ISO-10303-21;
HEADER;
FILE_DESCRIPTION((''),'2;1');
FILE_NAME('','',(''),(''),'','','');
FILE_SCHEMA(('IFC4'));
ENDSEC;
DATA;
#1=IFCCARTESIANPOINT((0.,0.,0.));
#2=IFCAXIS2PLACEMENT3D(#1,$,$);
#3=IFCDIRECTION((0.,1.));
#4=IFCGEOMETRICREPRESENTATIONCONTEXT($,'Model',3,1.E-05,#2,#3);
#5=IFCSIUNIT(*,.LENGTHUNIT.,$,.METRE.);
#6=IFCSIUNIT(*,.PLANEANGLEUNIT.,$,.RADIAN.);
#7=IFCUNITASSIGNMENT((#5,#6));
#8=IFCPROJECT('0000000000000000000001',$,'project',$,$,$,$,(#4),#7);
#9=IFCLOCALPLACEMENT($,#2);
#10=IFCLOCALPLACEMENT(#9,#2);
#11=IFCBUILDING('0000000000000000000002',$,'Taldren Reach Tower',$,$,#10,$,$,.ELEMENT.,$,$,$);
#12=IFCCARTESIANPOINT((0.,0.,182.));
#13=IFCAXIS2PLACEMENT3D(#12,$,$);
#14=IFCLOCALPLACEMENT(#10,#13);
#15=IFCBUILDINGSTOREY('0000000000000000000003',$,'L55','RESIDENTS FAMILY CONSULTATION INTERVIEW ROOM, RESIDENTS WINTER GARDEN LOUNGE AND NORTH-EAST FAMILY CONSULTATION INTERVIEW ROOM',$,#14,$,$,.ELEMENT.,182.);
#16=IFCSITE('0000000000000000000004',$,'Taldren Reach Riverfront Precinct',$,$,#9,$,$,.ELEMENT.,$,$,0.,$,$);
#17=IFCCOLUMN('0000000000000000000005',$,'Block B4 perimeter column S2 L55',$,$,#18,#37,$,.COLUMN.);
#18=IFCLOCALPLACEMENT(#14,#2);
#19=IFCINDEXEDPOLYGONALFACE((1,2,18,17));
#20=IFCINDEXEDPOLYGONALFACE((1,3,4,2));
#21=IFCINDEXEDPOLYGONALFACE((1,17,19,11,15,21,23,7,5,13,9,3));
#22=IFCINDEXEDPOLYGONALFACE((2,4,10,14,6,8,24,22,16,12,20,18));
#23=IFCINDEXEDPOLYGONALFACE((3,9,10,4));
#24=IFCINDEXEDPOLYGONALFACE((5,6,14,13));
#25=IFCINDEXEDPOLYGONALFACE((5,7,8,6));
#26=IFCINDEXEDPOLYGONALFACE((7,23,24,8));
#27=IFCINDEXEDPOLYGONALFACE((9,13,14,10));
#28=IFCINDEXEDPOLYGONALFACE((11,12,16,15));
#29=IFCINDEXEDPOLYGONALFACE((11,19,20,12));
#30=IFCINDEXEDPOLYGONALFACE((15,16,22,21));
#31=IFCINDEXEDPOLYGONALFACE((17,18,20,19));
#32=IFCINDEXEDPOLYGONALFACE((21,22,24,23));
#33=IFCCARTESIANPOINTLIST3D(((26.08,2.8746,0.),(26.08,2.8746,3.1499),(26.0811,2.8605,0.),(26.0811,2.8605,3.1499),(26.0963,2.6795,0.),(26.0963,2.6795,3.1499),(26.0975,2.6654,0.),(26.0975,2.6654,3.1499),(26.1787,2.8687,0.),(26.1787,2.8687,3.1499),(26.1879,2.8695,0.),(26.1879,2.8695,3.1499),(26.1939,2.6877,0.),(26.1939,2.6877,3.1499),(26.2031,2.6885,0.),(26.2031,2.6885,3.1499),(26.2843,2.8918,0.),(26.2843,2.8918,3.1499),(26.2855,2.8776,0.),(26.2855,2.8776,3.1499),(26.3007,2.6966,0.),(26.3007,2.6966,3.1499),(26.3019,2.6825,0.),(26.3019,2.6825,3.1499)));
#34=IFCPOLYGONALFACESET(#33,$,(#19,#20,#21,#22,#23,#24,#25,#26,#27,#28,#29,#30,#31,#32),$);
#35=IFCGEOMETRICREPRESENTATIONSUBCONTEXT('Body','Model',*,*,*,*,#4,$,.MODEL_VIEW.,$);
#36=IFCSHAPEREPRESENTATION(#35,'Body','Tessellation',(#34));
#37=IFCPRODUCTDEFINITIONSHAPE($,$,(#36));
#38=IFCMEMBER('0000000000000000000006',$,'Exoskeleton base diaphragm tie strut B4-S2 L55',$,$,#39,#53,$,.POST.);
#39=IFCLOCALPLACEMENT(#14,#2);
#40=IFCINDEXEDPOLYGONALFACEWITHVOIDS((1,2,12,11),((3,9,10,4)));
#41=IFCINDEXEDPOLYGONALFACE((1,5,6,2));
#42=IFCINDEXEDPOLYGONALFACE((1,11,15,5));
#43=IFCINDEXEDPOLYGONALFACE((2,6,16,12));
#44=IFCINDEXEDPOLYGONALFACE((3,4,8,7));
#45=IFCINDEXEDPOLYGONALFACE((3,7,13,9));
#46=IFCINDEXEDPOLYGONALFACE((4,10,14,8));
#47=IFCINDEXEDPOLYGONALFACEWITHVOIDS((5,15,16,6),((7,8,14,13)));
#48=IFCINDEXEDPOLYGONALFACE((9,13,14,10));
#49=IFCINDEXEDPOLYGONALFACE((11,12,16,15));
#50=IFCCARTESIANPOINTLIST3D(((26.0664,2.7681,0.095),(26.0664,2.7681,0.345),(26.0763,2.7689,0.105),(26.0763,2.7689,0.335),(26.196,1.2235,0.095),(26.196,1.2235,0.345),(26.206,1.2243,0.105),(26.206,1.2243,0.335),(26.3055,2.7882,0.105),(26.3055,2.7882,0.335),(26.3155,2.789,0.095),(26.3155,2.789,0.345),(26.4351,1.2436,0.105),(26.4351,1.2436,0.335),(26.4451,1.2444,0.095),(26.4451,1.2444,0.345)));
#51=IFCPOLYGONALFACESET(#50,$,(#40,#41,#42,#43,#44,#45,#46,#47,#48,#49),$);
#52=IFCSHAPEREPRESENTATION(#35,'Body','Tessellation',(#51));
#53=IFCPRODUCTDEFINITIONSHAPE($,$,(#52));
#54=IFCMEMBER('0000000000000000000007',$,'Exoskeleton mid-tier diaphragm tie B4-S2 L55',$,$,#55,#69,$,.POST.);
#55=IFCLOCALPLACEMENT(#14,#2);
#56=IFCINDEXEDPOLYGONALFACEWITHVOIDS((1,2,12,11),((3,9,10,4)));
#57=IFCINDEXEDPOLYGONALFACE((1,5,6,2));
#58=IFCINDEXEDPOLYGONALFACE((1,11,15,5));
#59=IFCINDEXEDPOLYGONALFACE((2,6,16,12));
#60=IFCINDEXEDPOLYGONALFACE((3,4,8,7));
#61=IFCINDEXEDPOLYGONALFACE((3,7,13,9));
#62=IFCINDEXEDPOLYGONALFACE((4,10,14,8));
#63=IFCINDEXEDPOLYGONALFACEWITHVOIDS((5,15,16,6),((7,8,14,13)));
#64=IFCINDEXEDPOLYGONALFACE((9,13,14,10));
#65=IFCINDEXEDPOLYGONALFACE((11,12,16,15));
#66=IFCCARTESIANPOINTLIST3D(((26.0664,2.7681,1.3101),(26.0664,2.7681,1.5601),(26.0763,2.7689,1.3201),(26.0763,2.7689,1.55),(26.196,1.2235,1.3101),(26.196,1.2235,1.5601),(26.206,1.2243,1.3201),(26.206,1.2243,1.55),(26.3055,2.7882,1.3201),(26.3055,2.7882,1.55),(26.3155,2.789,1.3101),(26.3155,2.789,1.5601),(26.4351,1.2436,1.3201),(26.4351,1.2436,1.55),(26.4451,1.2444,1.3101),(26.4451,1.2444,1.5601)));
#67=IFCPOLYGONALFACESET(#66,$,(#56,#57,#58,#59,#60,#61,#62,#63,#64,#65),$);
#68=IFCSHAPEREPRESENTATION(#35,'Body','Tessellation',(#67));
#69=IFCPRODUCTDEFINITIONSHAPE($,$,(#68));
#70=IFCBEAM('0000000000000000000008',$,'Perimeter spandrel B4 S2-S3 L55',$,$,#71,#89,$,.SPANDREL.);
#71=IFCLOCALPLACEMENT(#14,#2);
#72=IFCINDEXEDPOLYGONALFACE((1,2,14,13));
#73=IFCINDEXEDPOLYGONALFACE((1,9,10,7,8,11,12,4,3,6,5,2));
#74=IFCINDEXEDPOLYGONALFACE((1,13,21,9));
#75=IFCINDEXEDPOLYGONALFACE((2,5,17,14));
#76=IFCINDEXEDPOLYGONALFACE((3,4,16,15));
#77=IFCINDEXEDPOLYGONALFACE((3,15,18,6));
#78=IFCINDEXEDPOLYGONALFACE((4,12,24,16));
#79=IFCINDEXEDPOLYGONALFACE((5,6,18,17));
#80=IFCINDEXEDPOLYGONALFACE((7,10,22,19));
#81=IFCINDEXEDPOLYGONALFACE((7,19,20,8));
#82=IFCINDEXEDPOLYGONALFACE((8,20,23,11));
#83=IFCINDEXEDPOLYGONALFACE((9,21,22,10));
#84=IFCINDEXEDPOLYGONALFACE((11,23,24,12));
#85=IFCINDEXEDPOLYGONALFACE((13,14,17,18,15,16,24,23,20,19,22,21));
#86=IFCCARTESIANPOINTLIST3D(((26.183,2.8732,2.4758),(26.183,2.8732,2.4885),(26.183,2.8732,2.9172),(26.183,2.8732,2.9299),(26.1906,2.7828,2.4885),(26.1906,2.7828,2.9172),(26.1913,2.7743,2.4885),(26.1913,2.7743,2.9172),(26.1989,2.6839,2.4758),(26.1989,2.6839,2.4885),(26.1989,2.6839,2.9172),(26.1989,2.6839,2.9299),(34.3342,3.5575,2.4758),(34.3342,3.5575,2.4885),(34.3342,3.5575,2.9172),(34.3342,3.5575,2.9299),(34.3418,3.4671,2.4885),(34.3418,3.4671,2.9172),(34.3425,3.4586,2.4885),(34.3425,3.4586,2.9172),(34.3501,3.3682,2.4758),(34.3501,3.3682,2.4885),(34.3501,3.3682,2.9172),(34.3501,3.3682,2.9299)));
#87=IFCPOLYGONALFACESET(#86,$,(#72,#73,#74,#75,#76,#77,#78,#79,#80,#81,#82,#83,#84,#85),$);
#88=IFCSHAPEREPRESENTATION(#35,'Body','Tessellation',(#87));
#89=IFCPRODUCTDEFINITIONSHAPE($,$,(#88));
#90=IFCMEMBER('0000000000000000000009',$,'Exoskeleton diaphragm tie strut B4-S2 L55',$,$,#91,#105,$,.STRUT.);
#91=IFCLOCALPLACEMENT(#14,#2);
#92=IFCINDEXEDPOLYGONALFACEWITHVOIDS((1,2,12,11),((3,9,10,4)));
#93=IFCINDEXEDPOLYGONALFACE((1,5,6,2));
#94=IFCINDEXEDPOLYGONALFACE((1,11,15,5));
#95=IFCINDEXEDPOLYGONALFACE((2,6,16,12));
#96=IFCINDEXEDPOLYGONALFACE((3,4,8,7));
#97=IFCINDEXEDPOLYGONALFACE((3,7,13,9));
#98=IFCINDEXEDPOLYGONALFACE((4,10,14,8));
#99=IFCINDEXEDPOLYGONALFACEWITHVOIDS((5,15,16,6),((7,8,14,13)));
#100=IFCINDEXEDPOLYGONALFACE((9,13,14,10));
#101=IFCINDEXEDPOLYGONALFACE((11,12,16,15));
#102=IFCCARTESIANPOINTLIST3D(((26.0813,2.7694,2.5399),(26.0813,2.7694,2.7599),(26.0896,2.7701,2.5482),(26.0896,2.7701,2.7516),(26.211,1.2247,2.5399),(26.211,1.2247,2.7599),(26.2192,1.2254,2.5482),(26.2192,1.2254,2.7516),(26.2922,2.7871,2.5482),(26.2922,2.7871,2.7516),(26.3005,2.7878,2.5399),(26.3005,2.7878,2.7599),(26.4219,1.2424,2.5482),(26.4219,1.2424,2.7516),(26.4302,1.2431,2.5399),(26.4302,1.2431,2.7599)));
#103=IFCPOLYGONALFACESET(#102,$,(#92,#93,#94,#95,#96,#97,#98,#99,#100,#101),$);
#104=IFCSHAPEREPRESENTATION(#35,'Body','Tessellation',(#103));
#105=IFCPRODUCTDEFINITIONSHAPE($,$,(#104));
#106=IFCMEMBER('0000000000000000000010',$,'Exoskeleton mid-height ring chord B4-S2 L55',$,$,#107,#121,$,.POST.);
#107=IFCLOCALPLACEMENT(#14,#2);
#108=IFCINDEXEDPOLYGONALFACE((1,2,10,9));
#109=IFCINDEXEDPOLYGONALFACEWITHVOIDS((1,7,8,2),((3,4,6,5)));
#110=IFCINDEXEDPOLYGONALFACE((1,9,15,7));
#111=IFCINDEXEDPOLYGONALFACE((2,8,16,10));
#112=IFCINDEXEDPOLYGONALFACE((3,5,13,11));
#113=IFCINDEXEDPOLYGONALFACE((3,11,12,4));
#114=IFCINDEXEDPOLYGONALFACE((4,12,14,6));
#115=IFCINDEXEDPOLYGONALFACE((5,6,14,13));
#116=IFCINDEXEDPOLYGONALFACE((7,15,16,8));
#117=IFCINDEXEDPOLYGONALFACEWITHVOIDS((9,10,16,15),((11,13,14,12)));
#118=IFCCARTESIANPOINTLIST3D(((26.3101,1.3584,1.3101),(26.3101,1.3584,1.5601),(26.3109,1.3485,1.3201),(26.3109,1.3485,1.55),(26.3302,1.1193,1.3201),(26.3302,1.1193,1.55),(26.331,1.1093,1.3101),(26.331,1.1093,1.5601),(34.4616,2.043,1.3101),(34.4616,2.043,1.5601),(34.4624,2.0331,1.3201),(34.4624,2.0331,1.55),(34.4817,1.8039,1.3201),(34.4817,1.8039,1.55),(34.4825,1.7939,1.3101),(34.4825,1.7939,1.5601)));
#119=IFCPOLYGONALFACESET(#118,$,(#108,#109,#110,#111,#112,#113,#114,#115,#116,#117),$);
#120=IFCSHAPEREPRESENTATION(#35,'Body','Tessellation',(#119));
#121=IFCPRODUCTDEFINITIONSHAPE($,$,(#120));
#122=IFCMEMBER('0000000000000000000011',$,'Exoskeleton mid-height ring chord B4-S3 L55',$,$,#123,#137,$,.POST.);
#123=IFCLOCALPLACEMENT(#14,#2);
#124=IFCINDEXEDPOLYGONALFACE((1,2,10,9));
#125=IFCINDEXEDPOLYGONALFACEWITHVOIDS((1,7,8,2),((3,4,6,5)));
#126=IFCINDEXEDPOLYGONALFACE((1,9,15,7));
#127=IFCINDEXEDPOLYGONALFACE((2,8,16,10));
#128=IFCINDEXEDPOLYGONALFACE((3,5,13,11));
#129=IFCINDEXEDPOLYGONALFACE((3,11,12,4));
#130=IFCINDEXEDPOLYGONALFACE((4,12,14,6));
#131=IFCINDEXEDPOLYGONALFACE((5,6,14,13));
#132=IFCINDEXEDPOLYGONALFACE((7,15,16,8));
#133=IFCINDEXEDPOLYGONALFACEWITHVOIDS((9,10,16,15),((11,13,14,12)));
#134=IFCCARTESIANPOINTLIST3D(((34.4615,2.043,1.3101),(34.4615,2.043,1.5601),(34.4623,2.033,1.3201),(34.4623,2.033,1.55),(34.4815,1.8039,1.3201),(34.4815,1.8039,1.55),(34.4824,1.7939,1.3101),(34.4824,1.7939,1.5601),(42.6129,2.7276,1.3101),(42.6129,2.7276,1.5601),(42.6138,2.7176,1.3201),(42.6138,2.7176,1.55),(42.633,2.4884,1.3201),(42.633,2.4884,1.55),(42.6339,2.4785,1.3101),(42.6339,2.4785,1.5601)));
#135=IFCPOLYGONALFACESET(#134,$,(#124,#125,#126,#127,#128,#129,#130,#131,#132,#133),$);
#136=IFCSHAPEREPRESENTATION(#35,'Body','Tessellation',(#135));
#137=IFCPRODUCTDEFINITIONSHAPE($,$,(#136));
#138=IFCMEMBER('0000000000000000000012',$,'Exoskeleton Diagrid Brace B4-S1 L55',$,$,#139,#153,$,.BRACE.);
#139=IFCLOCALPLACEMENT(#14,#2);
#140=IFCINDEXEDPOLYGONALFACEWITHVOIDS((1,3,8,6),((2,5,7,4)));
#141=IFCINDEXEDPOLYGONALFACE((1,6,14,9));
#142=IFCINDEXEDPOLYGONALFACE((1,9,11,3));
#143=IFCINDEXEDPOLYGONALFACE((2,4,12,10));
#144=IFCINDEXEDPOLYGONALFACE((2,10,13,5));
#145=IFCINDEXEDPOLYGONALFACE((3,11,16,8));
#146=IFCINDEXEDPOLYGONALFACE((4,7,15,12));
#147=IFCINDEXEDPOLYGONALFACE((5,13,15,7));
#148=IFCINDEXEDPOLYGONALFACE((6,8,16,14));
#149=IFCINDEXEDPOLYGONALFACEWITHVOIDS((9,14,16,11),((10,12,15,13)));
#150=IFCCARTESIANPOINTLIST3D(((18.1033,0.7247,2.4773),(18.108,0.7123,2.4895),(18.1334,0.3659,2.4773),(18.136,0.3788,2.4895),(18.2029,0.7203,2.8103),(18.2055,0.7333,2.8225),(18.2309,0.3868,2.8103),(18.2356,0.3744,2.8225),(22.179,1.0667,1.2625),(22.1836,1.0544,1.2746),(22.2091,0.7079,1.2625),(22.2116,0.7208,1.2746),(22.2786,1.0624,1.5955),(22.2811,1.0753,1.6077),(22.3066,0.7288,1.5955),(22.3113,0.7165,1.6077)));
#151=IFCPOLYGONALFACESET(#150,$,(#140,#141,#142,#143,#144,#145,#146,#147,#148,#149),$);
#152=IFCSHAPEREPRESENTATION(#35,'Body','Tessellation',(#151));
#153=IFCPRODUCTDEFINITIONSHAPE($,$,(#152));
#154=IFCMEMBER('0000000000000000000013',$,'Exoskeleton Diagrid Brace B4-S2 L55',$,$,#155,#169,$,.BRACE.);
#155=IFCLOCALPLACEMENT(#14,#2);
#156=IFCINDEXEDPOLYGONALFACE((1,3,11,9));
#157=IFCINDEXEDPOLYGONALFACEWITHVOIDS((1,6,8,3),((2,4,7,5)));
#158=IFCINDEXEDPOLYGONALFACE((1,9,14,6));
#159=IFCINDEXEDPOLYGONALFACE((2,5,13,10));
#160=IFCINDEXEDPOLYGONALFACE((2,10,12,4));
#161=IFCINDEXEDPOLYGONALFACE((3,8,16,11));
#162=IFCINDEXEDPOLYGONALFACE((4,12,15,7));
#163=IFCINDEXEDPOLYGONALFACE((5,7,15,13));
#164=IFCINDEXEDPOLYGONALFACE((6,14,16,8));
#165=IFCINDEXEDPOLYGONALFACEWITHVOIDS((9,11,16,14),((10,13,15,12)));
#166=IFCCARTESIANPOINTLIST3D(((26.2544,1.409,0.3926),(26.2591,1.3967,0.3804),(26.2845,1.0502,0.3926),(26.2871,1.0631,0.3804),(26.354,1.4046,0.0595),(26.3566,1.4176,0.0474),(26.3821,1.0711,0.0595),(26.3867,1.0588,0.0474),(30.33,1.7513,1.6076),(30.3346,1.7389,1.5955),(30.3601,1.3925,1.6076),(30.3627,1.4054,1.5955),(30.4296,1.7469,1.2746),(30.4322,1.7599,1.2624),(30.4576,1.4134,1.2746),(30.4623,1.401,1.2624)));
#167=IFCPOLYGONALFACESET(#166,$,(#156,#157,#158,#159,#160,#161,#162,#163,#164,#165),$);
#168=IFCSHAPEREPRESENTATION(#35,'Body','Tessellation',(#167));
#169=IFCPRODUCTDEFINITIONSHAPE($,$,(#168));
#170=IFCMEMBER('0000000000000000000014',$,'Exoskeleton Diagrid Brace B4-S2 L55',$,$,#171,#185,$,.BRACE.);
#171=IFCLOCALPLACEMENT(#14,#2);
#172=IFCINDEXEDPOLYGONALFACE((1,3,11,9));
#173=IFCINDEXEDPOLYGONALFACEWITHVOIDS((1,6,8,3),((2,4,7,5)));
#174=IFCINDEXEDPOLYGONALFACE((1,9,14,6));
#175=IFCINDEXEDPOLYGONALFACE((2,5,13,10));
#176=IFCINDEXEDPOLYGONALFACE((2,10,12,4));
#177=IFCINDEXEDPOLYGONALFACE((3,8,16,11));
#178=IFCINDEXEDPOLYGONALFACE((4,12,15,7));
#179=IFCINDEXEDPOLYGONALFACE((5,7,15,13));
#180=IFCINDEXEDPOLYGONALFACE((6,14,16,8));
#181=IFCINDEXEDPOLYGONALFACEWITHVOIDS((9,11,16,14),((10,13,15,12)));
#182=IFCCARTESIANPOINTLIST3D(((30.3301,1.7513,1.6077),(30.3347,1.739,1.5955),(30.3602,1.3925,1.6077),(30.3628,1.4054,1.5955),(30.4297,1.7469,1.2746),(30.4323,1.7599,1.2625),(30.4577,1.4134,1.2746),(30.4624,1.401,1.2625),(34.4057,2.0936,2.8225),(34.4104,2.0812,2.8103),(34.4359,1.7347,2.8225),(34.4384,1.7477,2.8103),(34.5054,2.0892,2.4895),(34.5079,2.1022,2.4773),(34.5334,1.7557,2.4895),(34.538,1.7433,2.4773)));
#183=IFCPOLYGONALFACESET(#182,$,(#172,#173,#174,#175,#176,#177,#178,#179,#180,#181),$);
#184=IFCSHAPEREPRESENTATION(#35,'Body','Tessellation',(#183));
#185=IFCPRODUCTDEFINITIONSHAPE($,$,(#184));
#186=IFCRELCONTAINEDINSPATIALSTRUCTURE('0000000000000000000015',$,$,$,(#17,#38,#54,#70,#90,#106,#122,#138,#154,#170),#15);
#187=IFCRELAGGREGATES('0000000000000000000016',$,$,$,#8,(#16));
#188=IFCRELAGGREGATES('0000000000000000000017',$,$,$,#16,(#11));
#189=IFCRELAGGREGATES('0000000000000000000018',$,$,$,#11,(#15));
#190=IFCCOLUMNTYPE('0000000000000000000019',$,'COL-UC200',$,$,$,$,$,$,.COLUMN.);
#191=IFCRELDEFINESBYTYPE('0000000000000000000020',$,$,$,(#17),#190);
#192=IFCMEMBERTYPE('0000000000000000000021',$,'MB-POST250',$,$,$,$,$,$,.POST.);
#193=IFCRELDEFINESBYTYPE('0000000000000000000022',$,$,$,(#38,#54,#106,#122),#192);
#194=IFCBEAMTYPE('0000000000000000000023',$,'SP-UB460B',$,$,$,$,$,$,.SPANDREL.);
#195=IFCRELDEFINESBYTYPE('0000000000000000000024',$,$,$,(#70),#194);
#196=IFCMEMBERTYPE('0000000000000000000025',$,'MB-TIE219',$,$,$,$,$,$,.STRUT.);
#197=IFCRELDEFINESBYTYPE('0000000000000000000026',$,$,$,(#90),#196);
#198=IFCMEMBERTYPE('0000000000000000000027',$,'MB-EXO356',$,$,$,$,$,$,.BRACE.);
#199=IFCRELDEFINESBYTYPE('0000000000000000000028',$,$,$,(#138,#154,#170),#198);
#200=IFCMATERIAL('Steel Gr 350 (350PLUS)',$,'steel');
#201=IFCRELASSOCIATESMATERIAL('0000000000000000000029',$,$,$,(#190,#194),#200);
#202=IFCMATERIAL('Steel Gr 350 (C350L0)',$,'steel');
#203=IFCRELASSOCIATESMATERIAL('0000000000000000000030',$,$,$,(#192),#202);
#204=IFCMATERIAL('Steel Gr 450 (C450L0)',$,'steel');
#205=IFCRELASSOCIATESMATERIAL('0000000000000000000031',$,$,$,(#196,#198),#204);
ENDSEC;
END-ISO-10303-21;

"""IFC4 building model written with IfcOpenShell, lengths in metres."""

from ifc_helpers import new_model, si_unit, direction, frame, origin, origin_2d, place, context, subcontext, project, spatial, hollow_rectangle, i_section, extrude, source, transform, mapped, material, material_profile, profile_set, type_object, element, save


model = new_model("IFC4")

# Units and contexts
model_context = context("Model", 3, precision=1e-05, world=origin(), true_north=direction((0.0, 1.0)))
body_context = subcontext(model_context, "Body", "Model", "MODEL_VIEW")
ifc_project = project(units=[si_unit("LENGTHUNIT", "METRE"), si_unit("PLANEANGLEUNIT", "RADIAN")], contexts=[model_context])

# Site, building, storey
site_placement = place(None, origin())
site = spatial("IfcSite", under=ifc_project, at=site_placement, Name="Taldren Reach Riverfront Precinct", CompositionType="ELEMENT", RefElevation=0.0)
building_placement = place(site_placement, origin())
building = spatial("IfcBuilding", under=site, at=building_placement, Name="Taldren Reach Tower", CompositionType="ELEMENT")
storey_placement = place(building_placement, frame((0.0, 0.0, 182.0)))
storey = spatial("IfcBuildingStorey", under=building, at=storey_placement, Name="L55", Description="RESIDENTS FAMILY CONSULTATION INTERVIEW ROOM, RESIDENTS WINTER GARDEN LOUNGE AND NORTH-EAST FAMILY CONSULTATION INTERVIEW ROOM", CompositionType="ELEMENT", Elevation=182.0)

# Column
ifc_material_1 = material(Name="Steel Gr 350 (350PLUS)", Category="steel")
ifc_material_profile_1 = material_profile(ifc_material_1, i_section(OverallWidth=0.2051, OverallDepth=0.21, WebThickness=0.0093, FlangeThickness=0.0142, at=origin_2d()), Name="200UC59.5")
ifc_profile_set_1 = profile_set([ifc_material_profile_1], Name="Steel Gr 350 (350PLUS)")
column_type = type_object("IfcColumnType", Name="COL-UC200", PredefinedType="COLUMN", material=ifc_profile_set_1)
shared_shape_1 = source(origin(), body_context, "Body", "SweptSolid", [
    extrude(i_section(OverallWidth=0.2051, OverallDepth=0.21, WebThickness=0.0093, FlangeThickness=0.0142, at=origin_2d()), origin(), (0.0, 0.0, 1.0), 3.1499),
])
column_placement = place(storey_placement, frame((26.1909, 2.7786, 0.0), z_axis=(0.0, 0.0, 1.0), x_axis=(0.996493, 0.083678, 0.0)))
element("IfcColumn", 1, at=column_placement, inside=storey, type_object=column_type, Name="Block B4 perimeter column S2 L55", PredefinedType="COLUMN", context=body_context, shape_type="MappedRepresentation", body=[
    mapped(shared_shape_1, transform((0.0, 0.0, 0.0), scale=1.0)),
])

# Members
ifc_material_2 = material(Name="Steel Gr 350 (C350L0)", Category="steel")
ifc_material_profile_2 = material_profile(ifc_material_2, hollow_rectangle(XDim=0.25, YDim=0.25, WallThickness=0.01, at=origin_2d()), Name="250x250x10.0SHS")
ifc_profile_set_2 = profile_set([ifc_material_profile_2], Name="Steel Gr 350 (C350L0)")
member_type_1 = type_object("IfcMemberType", Name="MB-POST250", PredefinedType="POST", material=ifc_profile_set_2)
shared_shape_2 = source(origin(), body_context, "Body", "SweptSolid", [
    extrude(hollow_rectangle(XDim=0.25, YDim=0.25, WallThickness=0.01, at=origin_2d()), origin(), (0.0, 0.0, 1.0), 1.55),
])
for number, where, z_axis, x_axis, name in (
    (2, (26.1909, 2.7786, 0.22), (0.083632, -0.996497, 0.0), (0.996497, 0.083632, 0.0), "Exoskeleton base diaphragm tie strut B4-S2 L55"),
    (3, (26.1909, 2.7786, 1.4351), (0.083632, -0.996497, 0.0), (0.996497, 0.083632, 0.0), "Exoskeleton mid-tier diaphragm tie B4-S2 L55"),
):
    element("IfcMember", number, at=place(storey_placement, frame(where, z_axis=z_axis, x_axis=x_axis)), inside=storey, type_object=member_type_1, Name=name, PredefinedType="POST", context=body_context, shape_type="MappedRepresentation", body=[
        mapped(shared_shape_2, transform((0.0, 0.0, 0.0), scale=1.0)),
    ])

# Beam
ifc_material_profile_3 = material_profile(ifc_material_1, i_section(OverallWidth=0.1899, OverallDepth=0.4541, WebThickness=0.0085, FlangeThickness=0.0127, at=origin_2d()), Name="460UB67.1")
ifc_profile_set_3 = profile_set([ifc_material_profile_3], Name="Steel Gr 350 (350PLUS)")
beam_type = type_object("IfcBeamType", Name="SP-UB460B", PredefinedType="SPANDREL", material=ifc_profile_set_3)
shared_shape_3 = source(origin(), body_context, "Body", "SweptSolid", [
    extrude(i_section(OverallWidth=0.1899, OverallDepth=0.4541, WebThickness=0.0085, FlangeThickness=0.0127, at=origin_2d()), origin(), (0.0, 0.0, 1.0), 8.1799),
])
beam_placement = place(storey_placement, frame((26.1909, 2.7786, 2.7029), z_axis=(0.996495, 0.083658, 0.0), x_axis=(-0.083658, 0.996495, 0.0)))
element("IfcBeam", 4, at=beam_placement, inside=storey, type_object=beam_type, Name="Perimeter spandrel B4 S2-S3 L55", PredefinedType="SPANDREL", context=body_context, shape_type="MappedRepresentation", body=[
    mapped(shared_shape_3, transform((0.0, 0.0, 0.0), scale=1.0)),
])

# Members
ifc_material_3 = material(Name="Steel Gr 450 (C450L0)", Category="steel")
ifc_material_profile_4 = material_profile(ifc_material_3, hollow_rectangle(XDim=0.22, YDim=0.22, WallThickness=0.0083, at=origin_2d()), Name="220x220x8.2SHS")
ifc_profile_set_4 = profile_set([ifc_material_profile_4], Name="Steel Gr 450 (C450L0)")
member_type_2 = type_object("IfcMemberType", Name="MB-TIE219", PredefinedType="STRUT", material=ifc_profile_set_4)
shared_shape_4 = source(origin(), body_context, "Body", "SweptSolid", [
    extrude(hollow_rectangle(XDim=0.22, YDim=0.22, WallThickness=0.0083, at=origin_2d()), origin(), (0.0, 0.0, 1.0), 1.55),
])
member_1_placement = place(storey_placement, frame((26.1909, 2.7786, 2.6499), z_axis=(0.083632, -0.996497, 0.0), x_axis=(0.996497, 0.083632, 0.0)))
element("IfcMember", 5, at=member_1_placement, inside=storey, type_object=member_type_2, Name="Exoskeleton diaphragm tie strut B4-S2 L55", PredefinedType="STRUT", context=body_context, shape_type="MappedRepresentation", body=[
    mapped(shared_shape_4, transform((0.0, 0.0, 0.0), scale=1.0)),
])
shared_shape_5 = source(origin(), body_context, "Body", "SweptSolid", [
    extrude(hollow_rectangle(XDim=0.25, YDim=0.25, WallThickness=0.01, at=origin_2d()), origin(), (0.0, 0.0, 1.0), 8.1802),
])
for number, where, z_axis, x_axis, name in (
    (6, (26.3206, 1.2339, 1.4351), (0.996492, 0.083688, 0.0), (-0.083688, 0.996492, 0.0), "Exoskeleton mid-height ring chord B4-S2 L55"),
    (7, (34.4719, 1.9185, 1.4351), (0.996492, 0.083688, 0.0), (-0.083688, 0.996492, 0.0), "Exoskeleton mid-height ring chord B4-S3 L55"),
):
    element("IfcMember", number, at=place(storey_placement, frame(where, z_axis=z_axis, x_axis=x_axis)), inside=storey, type_object=member_type_1, Name=name, PredefinedType="POST", context=body_context, shape_type="MappedRepresentation", body=[
        mapped(shared_shape_5, transform((0.0, 0.0, 0.0), scale=1.0)),
    ])
ifc_material_profile_5 = material_profile(ifc_material_3, hollow_rectangle(XDim=0.3601, YDim=0.3601, WallThickness=0.0127, at=origin_2d()), Name="360x360x12.7SHS")
ifc_profile_set_5 = profile_set([ifc_material_profile_5], Name="Steel Gr 450 (C450L0)")
member_type_3 = type_object("IfcMemberType", Name="MB-EXO356", PredefinedType="BRACE", material=ifc_profile_set_5)
shared_shape_6 = source(origin(), body_context, "Body", "SweptSolid", [
    extrude(hollow_rectangle(XDim=0.3601, YDim=0.3601, WallThickness=0.0127, at=origin_2d()), origin(), (0.0, 0.0, 1.0), 4.2666),
])
for number, where, z_axis, x_axis, name in (
    (8, (22.2451, 0.8916, 1.4351), (-0.955249, -0.080167, 0.284732), (0.083628, -0.996497, 0.0), "Exoskeleton Diagrid Brace B4-S1 L55"),
    (9, (26.3206, 1.2339, 0.22), (0.955229, 0.080222, 0.284783), (-0.083688, 0.996492, 0.0), "Exoskeleton Diagrid Brace B4-S2 L55"),
    (10, (30.3962, 1.5762, 1.4351), (0.955245, 0.080224, 0.284731), (-0.083688, 0.996492, 0.0), "Exoskeleton Diagrid Brace B4-S2 L55"),
):
    element("IfcMember", number, at=place(storey_placement, frame(where, z_axis=z_axis, x_axis=x_axis)), inside=storey, type_object=member_type_3, Name=name, PredefinedType="BRACE", context=body_context, shape_type="MappedRepresentation", body=[
        mapped(shared_shape_6, transform((0.0, 0.0, 0.0), scale=1.0)),
    ])

save(model, "model.ifc")
